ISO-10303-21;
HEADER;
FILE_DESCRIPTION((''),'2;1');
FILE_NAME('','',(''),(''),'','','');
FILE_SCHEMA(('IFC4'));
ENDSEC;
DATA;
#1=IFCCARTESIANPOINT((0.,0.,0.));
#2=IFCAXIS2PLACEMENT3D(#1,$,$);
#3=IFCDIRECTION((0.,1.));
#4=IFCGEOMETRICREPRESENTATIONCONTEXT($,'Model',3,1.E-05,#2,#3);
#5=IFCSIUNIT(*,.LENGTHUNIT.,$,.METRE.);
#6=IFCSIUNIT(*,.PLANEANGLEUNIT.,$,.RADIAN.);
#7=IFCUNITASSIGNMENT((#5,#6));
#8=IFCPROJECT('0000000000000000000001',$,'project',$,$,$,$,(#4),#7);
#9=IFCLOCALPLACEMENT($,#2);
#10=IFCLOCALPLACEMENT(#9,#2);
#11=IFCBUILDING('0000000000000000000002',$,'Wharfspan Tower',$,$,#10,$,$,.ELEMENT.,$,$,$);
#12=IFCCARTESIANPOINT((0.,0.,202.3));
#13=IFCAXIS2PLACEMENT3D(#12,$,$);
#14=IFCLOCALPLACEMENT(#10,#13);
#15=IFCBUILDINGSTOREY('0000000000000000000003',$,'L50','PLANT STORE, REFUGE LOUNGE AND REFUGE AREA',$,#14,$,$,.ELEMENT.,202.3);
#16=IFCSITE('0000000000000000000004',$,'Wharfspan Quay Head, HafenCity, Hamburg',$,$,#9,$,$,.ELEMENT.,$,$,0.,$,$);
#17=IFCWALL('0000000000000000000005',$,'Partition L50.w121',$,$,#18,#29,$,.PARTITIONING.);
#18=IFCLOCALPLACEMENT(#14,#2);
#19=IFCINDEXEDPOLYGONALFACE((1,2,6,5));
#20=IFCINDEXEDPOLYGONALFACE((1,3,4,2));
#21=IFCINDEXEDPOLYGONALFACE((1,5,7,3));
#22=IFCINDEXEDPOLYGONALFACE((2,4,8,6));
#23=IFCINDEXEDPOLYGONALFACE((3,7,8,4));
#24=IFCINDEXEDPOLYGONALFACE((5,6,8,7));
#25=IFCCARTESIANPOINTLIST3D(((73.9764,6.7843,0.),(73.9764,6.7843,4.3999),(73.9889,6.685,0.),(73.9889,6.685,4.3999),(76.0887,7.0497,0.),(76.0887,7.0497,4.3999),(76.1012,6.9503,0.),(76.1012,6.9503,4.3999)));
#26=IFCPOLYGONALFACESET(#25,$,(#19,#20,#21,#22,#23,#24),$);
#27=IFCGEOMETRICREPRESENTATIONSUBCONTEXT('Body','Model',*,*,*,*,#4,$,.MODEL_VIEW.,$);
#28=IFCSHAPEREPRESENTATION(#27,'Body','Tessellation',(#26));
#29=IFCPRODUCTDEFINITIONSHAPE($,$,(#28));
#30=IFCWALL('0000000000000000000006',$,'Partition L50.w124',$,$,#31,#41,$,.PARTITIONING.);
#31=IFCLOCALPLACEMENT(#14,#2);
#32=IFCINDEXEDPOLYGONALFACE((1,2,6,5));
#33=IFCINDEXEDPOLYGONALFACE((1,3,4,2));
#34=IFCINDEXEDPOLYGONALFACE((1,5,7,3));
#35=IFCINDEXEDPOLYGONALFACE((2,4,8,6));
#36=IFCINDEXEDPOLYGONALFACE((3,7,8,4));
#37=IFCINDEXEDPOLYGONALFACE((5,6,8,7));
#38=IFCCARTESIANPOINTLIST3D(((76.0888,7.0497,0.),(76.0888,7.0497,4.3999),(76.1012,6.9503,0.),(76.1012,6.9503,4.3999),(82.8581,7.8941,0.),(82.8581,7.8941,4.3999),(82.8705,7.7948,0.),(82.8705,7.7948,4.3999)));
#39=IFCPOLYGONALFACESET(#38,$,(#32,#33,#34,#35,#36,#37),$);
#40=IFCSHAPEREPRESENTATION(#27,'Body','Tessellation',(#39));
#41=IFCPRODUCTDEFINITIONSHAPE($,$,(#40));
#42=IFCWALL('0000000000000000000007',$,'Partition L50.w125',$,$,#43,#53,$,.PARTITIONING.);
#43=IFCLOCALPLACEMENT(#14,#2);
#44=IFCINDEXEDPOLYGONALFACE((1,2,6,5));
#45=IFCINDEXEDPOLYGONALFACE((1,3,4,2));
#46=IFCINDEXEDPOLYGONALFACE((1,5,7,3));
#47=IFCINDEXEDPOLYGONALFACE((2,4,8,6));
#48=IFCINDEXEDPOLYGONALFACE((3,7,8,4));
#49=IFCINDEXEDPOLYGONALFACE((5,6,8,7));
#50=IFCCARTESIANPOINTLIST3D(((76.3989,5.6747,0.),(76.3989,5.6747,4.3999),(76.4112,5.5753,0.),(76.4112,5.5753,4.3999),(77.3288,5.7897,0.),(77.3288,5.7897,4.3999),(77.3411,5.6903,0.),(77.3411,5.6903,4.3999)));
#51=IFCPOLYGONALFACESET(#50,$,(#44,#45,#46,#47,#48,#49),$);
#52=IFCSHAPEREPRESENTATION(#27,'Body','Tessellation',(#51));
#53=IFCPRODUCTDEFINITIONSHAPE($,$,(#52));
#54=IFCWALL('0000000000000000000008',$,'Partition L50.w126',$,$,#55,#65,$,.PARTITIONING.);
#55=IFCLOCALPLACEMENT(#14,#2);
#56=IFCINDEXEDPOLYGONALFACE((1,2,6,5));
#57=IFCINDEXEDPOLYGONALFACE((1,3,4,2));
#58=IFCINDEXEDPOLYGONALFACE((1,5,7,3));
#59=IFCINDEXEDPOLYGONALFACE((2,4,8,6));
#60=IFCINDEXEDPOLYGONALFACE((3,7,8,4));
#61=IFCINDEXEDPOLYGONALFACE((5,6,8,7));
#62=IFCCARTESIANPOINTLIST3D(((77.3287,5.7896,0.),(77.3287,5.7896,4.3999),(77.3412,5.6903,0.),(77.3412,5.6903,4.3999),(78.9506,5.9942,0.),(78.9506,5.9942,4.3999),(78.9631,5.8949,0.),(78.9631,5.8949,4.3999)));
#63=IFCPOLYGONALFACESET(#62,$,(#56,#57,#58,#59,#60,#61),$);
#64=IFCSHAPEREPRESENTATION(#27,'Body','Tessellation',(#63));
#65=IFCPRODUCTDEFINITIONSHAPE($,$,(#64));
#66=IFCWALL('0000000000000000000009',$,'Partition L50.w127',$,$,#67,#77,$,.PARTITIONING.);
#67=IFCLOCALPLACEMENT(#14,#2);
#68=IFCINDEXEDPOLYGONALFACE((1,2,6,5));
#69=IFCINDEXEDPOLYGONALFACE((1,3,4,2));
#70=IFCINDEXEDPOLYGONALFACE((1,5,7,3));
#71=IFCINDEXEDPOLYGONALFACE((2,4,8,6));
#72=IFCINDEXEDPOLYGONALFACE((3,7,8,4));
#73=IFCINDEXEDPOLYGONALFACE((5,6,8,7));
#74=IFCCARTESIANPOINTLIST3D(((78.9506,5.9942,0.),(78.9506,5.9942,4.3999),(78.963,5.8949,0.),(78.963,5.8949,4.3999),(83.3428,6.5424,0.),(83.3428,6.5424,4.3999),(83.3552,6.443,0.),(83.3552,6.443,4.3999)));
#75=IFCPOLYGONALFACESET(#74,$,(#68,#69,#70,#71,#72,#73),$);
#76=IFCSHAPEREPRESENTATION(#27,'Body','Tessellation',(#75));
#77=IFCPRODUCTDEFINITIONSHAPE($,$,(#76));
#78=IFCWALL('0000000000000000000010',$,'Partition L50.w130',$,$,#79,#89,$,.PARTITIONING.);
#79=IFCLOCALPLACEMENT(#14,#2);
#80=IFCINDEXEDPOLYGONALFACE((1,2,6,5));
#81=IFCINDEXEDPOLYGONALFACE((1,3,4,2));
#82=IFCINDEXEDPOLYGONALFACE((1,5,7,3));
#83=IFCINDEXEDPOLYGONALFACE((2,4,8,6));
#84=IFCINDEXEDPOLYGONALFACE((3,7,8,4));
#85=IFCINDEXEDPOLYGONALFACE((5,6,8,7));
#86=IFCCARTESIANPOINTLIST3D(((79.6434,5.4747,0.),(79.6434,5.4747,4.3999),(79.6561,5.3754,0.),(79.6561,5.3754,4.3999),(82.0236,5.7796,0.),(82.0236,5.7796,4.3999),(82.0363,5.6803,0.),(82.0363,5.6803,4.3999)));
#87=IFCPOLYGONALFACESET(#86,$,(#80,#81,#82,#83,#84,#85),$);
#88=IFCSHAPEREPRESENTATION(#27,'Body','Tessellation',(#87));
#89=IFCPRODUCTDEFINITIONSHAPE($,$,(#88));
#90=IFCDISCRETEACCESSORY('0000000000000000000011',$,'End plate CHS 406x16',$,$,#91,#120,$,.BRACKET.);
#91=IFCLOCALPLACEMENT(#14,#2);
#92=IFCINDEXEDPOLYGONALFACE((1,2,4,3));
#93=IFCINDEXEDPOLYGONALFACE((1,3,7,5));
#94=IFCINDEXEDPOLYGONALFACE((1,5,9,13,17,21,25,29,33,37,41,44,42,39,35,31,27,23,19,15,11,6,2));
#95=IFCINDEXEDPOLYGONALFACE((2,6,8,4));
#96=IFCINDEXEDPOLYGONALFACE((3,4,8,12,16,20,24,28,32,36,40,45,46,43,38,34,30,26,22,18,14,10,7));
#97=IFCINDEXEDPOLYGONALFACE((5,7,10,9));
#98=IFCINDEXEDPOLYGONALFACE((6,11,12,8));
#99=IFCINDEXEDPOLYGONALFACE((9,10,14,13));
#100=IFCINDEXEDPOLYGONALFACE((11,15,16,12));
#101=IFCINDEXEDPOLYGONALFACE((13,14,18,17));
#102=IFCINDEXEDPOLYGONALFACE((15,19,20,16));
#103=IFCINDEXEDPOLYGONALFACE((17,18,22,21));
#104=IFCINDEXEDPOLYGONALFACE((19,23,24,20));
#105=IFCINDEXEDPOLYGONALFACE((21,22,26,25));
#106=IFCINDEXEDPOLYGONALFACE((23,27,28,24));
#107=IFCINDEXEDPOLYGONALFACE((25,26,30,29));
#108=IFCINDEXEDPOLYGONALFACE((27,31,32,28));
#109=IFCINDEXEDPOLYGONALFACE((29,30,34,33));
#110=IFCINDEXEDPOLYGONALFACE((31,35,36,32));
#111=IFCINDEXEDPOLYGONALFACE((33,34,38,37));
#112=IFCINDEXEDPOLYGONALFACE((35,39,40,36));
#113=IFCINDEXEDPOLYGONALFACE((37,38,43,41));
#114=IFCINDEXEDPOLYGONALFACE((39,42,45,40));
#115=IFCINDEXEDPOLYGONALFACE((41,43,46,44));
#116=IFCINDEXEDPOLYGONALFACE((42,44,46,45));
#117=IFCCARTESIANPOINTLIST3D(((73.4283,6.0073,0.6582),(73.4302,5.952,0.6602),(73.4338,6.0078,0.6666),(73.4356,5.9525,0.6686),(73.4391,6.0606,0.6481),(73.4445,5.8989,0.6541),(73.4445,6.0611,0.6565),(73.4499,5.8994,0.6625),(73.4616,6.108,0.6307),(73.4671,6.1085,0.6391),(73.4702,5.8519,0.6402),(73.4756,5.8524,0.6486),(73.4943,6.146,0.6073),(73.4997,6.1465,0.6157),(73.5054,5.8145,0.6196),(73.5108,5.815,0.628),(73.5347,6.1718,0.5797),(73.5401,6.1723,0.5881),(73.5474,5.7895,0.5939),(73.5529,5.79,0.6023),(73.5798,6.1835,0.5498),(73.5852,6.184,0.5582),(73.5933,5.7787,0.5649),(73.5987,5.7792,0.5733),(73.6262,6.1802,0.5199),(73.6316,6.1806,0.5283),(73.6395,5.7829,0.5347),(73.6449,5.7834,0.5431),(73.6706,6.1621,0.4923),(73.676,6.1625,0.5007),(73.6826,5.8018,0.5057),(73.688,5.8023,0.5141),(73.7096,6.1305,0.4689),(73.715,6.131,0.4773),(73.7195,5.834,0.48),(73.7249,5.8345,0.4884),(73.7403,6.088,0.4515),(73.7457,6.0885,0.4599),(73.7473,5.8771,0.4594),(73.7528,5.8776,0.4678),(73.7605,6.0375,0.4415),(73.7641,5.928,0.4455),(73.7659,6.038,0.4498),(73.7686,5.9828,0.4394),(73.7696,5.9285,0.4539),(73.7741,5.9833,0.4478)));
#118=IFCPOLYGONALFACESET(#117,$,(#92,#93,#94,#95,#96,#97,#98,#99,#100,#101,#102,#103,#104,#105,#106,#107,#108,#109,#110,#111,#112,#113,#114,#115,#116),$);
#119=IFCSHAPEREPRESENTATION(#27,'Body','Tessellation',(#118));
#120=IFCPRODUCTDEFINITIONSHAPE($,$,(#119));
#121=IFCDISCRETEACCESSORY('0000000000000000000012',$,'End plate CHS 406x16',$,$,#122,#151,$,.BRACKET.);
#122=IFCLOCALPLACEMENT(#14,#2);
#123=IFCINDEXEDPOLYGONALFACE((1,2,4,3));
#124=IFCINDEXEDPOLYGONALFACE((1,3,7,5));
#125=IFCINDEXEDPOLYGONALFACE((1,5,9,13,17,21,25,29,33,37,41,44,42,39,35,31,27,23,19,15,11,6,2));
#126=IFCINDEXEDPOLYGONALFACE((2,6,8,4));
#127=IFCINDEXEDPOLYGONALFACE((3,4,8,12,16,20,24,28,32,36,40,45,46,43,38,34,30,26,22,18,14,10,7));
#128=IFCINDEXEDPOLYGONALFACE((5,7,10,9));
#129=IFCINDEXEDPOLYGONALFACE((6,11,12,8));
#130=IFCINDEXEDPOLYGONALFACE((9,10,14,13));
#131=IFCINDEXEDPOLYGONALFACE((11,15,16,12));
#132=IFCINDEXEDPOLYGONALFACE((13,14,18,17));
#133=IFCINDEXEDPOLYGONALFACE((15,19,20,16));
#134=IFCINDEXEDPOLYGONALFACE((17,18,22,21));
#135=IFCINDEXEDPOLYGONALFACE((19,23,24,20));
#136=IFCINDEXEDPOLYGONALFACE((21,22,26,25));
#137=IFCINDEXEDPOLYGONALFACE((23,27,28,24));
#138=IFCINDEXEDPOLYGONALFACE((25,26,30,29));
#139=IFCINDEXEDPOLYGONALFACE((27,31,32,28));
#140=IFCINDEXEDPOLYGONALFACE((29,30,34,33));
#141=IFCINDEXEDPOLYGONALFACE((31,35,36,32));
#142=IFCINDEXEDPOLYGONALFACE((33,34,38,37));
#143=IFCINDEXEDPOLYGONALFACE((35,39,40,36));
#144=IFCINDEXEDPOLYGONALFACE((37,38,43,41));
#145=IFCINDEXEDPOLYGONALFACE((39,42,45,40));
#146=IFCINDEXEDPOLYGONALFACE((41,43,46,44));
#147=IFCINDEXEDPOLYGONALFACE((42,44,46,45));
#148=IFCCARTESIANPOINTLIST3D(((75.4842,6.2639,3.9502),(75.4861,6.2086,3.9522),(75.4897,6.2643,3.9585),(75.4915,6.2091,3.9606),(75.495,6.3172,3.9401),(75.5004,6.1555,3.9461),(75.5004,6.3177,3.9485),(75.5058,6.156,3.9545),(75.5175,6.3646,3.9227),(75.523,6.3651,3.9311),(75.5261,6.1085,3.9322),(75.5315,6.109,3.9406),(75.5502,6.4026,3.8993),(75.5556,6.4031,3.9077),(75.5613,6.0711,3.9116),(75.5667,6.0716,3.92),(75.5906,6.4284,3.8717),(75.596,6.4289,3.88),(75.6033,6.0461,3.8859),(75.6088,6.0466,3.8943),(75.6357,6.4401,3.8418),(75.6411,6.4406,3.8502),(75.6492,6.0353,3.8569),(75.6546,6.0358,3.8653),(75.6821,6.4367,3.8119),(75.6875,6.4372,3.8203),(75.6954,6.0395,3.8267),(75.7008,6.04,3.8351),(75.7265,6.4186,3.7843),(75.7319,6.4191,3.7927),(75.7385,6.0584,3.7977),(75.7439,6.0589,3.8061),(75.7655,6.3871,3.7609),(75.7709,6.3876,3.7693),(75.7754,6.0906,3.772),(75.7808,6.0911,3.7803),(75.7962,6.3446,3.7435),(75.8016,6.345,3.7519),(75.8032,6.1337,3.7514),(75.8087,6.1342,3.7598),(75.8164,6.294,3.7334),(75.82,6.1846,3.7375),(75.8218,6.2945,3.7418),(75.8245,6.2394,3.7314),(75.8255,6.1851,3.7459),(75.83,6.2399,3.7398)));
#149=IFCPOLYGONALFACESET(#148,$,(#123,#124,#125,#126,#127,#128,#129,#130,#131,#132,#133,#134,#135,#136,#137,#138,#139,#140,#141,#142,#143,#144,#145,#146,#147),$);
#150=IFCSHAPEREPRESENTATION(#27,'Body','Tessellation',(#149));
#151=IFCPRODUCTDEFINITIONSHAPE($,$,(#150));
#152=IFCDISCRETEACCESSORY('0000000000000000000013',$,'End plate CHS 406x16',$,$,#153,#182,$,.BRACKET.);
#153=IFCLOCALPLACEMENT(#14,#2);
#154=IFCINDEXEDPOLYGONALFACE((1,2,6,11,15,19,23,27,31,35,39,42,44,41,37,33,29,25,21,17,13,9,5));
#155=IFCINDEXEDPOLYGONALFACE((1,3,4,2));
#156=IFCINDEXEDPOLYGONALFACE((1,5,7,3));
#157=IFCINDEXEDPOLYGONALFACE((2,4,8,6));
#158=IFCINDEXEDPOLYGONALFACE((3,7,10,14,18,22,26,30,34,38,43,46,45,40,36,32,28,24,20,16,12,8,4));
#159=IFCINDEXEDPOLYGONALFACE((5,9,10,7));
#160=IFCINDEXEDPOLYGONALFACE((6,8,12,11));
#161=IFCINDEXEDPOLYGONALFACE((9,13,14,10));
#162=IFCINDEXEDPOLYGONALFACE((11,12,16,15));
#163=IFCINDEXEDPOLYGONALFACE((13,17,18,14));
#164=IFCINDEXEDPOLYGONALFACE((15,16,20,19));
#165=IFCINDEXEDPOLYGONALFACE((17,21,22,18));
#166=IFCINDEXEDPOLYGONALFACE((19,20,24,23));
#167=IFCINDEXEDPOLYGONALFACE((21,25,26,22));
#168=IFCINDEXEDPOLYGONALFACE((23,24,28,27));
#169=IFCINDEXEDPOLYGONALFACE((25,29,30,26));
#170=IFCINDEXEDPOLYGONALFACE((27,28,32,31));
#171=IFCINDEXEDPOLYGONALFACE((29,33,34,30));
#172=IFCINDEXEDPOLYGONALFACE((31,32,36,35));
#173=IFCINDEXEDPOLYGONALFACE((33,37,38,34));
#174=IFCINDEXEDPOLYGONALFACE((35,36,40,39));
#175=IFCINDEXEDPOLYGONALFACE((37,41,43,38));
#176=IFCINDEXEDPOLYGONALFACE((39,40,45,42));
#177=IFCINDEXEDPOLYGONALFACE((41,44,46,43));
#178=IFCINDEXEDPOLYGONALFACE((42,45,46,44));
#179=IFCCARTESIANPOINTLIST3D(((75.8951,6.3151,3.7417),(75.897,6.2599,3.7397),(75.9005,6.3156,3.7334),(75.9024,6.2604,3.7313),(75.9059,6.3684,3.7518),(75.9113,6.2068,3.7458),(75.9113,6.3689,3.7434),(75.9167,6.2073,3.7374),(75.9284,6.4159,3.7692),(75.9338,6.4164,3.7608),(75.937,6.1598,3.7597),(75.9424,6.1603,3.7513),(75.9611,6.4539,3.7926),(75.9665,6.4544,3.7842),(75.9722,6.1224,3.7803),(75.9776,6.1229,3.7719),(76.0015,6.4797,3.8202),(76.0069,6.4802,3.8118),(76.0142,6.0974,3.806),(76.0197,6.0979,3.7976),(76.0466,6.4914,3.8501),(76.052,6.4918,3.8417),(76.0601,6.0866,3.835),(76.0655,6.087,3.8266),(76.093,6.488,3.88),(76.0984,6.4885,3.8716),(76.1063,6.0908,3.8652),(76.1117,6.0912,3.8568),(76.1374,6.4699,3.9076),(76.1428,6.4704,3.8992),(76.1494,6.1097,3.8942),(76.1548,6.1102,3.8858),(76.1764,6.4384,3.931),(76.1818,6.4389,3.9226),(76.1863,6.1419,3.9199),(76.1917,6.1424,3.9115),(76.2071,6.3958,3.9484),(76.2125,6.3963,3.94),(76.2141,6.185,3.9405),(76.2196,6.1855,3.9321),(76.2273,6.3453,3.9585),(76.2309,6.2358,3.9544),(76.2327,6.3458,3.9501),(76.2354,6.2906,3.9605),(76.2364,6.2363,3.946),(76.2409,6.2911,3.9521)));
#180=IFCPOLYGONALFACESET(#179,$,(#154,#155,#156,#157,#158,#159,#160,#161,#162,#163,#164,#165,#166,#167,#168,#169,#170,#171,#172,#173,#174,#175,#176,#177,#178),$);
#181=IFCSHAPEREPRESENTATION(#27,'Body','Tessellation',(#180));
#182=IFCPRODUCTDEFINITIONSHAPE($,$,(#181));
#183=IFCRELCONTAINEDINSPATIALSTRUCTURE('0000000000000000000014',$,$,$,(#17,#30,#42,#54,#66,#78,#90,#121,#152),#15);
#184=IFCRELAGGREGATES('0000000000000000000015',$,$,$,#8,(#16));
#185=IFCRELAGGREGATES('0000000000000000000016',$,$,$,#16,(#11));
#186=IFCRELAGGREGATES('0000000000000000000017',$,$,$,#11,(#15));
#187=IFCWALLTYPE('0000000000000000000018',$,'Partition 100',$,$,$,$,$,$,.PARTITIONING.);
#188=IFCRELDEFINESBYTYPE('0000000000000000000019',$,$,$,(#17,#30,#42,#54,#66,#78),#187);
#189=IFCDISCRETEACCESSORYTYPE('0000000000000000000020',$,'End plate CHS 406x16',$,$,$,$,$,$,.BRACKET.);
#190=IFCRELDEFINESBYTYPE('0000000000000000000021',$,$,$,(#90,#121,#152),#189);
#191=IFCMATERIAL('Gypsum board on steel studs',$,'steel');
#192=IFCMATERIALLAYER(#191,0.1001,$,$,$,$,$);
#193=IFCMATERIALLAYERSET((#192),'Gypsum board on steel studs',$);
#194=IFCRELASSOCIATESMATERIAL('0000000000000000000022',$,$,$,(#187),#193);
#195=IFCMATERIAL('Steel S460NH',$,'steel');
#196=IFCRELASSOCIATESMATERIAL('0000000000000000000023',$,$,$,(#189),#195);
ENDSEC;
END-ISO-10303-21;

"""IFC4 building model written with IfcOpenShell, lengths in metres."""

from ifc_helpers import new_model, si_unit, direction, frame, frame_2d, origin, origin_2d, place, context, subcontext, project, spatial, rectangle, circle, extrude, material, layer, layer_set, material_profile, profile_set, type_object, element, save


model = new_model("IFC4")

# Units and contexts
model_context = context("Model", 3, precision=1e-05, world=origin(), true_north=direction((0.0, 1.0)))
body_context = subcontext(model_context, "Body", "Model", "MODEL_VIEW")
ifc_project = project(units=[si_unit("LENGTHUNIT", "METRE"), si_unit("PLANEANGLEUNIT", "RADIAN")], contexts=[model_context])

# Site, building, storey
site_placement = place(None, origin())
site = spatial("IfcSite", under=ifc_project, at=site_placement, Name="Wharfspan Quay Head, HafenCity, Hamburg", CompositionType="ELEMENT", RefElevation=0.0)
building_placement = place(site_placement, origin())
building = spatial("IfcBuilding", under=site, at=building_placement, Name="Wharfspan Tower", CompositionType="ELEMENT")
storey_placement = place(building_placement, frame((0.0, 0.0, 202.3)))
storey = spatial("IfcBuildingStorey", under=building, at=storey_placement, Name="L50", Description="PLANT STORE, REFUGE LOUNGE AND REFUGE AREA", CompositionType="ELEMENT", Elevation=202.3)

# Shared definitions
ifc_material_1 = material(Name="Steel S460NH", Category="steel")

# Walls
ifc_material_2 = material(Name="Gypsum board on steel studs", Category="steel")
ifc_layer = layer(ifc_material_2, 0.1001)
ifc_layer_set = layer_set([ifc_layer], Name="Gypsum board on steel studs")
wall_type = type_object("IfcWallType", Name="Partition 100", PredefinedType="PARTITIONING", material=ifc_layer_set)
wall_1_placement = place(storey_placement, frame((73.9827, 6.7346, 0.0), z_axis=(0.0, 0.0, 1.0), x_axis=(0.992202, 0.124656, 0.0)))
element("IfcWall", 1, at=wall_1_placement, inside=storey, type_object=wall_type, Name="Partition L50.w121", PredefinedType="PARTITIONING", context=body_context, shape_type="SweptSolid", body=[
    extrude(rectangle(XDim=2.1289, YDim=0.1001, at=frame_2d((1.0645, 0.0))), origin(), (0.0, 0.0, 1.0), 4.3999),
])
wall_2_placement = place(storey_placement, frame((76.095, 7.0, 0.0), z_axis=(0.0, 0.0, 1.0), x_axis=(0.992304, 0.123792, 0.0)))
element("IfcWall", 2, at=wall_2_placement, inside=storey, type_object=wall_type, Name="Partition L50.w124", PredefinedType="PARTITIONING", context=body_context, shape_type="SweptSolid", body=[
    extrude(rectangle(XDim=6.8218, YDim=0.1001, at=frame_2d((3.4109, 0.0))), origin(), (0.0, 0.0, 1.0), 4.3999),
])
wall_3_placement = place(storey_placement, frame((76.405, 5.625, 0.0), z_axis=(0.0, 0.0, 1.0), x_axis=(0.992443, 0.12272, 0.0)))
element("IfcWall", 3, at=wall_3_placement, inside=storey, type_object=wall_type, Name="Partition L50.w125", PredefinedType="PARTITIONING", context=body_context, shape_type="SweptSolid", body=[
    extrude(rectangle(XDim=0.937, YDim=0.1001, at=frame_2d((0.4685, 0.0))), origin(), (0.0, 0.0, 1.0), 4.3999),
])
wall_4_placement = place(storey_placement, frame((77.335, 5.74, 0.0), z_axis=(0.0, 0.0, 1.0), x_axis=(0.992138, 0.125156, 0.0)))
element("IfcWall", 4, at=wall_4_placement, inside=storey, type_object=wall_type, Name="Partition L50.w126", PredefinedType="PARTITIONING", context=body_context, shape_type="SweptSolid", body=[
    extrude(rectangle(XDim=1.6348, YDim=0.1001, at=frame_2d((0.8174, 0.0))), origin(), (0.0, 0.0, 1.0), 4.3999),
])
wall_5_placement = place(storey_placement, frame((78.9568, 5.9446, 0.0), z_axis=(0.0, 0.0, 1.0), x_axis=(0.992303, 0.123831, 0.0)))
element("IfcWall", 5, at=wall_5_placement, inside=storey, type_object=wall_type, Name="Partition L50.w127", PredefinedType="PARTITIONING", context=body_context, shape_type="SweptSolid", body=[
    extrude(rectangle(XDim=4.4263, YDim=0.1001, at=frame_2d((2.2131, 0.0))), origin(), (0.0, 0.0, 1.0), 4.3999),
])
wall_6_placement = place(storey_placement, frame((79.6499, 5.425, 0.0), z_axis=(0.0, 0.0, 1.0), x_axis=(0.991892, 0.127077, 0.0)))
element("IfcWall", 6, at=wall_6_placement, inside=storey, type_object=wall_type, Name="Partition L50.w130", PredefinedType="PARTITIONING", context=body_context, shape_type="SweptSolid", body=[
    extrude(rectangle(XDim=2.3997, YDim=0.1001, at=frame_2d((1.1997, 0.0))), origin(), (0.0, 0.0, 1.0), 4.3999),
])

# Discrete accessories
ifc_material_profile_1 = material_profile(ifc_material_1, circle(Radius=0.2031, at=origin_2d()))
ifc_profile_set_1 = profile_set([ifc_material_profile_1], Name="Steel S460NH")
discrete_accessory_type = type_object("IfcDiscreteAccessoryType", Name="End plate CHS 406x16", PredefinedType="BRACKET", material=ifc_profile_set_1)
for number, where, z_axis, x_axis, name in (
    (7, (73.5981, 5.9812, 0.5498), (0.54259, 0.049326, 0.838548), (-0.090535, 0.995892, 0.0), "End plate CHS 406x16"),
    (8, (75.6541, 6.2378, 3.8418), (0.54259, 0.049326, 0.838548), (-0.090535, 0.995892, 0.0), "End plate CHS 406x16"),
    (9, (76.0649, 6.2891, 3.8501), (0.54259, 0.049326, -0.838548), (-0.090535, 0.995892, 0.0), "End plate CHS 406x16"),
):
    element("IfcDiscreteAccessory", number, at=place(storey_placement, frame(where, z_axis=z_axis, x_axis=x_axis)), inside=storey, type_object=discrete_accessory_type, Name=name, PredefinedType="BRACKET", context=body_context, shape_type="SweptSolid", body=[
        extrude(circle(Radius=0.2031, at=origin_2d()), origin(), (0.0, 0.0, 1.0), 0.01),
    ])

save(model, "model.ifc")
